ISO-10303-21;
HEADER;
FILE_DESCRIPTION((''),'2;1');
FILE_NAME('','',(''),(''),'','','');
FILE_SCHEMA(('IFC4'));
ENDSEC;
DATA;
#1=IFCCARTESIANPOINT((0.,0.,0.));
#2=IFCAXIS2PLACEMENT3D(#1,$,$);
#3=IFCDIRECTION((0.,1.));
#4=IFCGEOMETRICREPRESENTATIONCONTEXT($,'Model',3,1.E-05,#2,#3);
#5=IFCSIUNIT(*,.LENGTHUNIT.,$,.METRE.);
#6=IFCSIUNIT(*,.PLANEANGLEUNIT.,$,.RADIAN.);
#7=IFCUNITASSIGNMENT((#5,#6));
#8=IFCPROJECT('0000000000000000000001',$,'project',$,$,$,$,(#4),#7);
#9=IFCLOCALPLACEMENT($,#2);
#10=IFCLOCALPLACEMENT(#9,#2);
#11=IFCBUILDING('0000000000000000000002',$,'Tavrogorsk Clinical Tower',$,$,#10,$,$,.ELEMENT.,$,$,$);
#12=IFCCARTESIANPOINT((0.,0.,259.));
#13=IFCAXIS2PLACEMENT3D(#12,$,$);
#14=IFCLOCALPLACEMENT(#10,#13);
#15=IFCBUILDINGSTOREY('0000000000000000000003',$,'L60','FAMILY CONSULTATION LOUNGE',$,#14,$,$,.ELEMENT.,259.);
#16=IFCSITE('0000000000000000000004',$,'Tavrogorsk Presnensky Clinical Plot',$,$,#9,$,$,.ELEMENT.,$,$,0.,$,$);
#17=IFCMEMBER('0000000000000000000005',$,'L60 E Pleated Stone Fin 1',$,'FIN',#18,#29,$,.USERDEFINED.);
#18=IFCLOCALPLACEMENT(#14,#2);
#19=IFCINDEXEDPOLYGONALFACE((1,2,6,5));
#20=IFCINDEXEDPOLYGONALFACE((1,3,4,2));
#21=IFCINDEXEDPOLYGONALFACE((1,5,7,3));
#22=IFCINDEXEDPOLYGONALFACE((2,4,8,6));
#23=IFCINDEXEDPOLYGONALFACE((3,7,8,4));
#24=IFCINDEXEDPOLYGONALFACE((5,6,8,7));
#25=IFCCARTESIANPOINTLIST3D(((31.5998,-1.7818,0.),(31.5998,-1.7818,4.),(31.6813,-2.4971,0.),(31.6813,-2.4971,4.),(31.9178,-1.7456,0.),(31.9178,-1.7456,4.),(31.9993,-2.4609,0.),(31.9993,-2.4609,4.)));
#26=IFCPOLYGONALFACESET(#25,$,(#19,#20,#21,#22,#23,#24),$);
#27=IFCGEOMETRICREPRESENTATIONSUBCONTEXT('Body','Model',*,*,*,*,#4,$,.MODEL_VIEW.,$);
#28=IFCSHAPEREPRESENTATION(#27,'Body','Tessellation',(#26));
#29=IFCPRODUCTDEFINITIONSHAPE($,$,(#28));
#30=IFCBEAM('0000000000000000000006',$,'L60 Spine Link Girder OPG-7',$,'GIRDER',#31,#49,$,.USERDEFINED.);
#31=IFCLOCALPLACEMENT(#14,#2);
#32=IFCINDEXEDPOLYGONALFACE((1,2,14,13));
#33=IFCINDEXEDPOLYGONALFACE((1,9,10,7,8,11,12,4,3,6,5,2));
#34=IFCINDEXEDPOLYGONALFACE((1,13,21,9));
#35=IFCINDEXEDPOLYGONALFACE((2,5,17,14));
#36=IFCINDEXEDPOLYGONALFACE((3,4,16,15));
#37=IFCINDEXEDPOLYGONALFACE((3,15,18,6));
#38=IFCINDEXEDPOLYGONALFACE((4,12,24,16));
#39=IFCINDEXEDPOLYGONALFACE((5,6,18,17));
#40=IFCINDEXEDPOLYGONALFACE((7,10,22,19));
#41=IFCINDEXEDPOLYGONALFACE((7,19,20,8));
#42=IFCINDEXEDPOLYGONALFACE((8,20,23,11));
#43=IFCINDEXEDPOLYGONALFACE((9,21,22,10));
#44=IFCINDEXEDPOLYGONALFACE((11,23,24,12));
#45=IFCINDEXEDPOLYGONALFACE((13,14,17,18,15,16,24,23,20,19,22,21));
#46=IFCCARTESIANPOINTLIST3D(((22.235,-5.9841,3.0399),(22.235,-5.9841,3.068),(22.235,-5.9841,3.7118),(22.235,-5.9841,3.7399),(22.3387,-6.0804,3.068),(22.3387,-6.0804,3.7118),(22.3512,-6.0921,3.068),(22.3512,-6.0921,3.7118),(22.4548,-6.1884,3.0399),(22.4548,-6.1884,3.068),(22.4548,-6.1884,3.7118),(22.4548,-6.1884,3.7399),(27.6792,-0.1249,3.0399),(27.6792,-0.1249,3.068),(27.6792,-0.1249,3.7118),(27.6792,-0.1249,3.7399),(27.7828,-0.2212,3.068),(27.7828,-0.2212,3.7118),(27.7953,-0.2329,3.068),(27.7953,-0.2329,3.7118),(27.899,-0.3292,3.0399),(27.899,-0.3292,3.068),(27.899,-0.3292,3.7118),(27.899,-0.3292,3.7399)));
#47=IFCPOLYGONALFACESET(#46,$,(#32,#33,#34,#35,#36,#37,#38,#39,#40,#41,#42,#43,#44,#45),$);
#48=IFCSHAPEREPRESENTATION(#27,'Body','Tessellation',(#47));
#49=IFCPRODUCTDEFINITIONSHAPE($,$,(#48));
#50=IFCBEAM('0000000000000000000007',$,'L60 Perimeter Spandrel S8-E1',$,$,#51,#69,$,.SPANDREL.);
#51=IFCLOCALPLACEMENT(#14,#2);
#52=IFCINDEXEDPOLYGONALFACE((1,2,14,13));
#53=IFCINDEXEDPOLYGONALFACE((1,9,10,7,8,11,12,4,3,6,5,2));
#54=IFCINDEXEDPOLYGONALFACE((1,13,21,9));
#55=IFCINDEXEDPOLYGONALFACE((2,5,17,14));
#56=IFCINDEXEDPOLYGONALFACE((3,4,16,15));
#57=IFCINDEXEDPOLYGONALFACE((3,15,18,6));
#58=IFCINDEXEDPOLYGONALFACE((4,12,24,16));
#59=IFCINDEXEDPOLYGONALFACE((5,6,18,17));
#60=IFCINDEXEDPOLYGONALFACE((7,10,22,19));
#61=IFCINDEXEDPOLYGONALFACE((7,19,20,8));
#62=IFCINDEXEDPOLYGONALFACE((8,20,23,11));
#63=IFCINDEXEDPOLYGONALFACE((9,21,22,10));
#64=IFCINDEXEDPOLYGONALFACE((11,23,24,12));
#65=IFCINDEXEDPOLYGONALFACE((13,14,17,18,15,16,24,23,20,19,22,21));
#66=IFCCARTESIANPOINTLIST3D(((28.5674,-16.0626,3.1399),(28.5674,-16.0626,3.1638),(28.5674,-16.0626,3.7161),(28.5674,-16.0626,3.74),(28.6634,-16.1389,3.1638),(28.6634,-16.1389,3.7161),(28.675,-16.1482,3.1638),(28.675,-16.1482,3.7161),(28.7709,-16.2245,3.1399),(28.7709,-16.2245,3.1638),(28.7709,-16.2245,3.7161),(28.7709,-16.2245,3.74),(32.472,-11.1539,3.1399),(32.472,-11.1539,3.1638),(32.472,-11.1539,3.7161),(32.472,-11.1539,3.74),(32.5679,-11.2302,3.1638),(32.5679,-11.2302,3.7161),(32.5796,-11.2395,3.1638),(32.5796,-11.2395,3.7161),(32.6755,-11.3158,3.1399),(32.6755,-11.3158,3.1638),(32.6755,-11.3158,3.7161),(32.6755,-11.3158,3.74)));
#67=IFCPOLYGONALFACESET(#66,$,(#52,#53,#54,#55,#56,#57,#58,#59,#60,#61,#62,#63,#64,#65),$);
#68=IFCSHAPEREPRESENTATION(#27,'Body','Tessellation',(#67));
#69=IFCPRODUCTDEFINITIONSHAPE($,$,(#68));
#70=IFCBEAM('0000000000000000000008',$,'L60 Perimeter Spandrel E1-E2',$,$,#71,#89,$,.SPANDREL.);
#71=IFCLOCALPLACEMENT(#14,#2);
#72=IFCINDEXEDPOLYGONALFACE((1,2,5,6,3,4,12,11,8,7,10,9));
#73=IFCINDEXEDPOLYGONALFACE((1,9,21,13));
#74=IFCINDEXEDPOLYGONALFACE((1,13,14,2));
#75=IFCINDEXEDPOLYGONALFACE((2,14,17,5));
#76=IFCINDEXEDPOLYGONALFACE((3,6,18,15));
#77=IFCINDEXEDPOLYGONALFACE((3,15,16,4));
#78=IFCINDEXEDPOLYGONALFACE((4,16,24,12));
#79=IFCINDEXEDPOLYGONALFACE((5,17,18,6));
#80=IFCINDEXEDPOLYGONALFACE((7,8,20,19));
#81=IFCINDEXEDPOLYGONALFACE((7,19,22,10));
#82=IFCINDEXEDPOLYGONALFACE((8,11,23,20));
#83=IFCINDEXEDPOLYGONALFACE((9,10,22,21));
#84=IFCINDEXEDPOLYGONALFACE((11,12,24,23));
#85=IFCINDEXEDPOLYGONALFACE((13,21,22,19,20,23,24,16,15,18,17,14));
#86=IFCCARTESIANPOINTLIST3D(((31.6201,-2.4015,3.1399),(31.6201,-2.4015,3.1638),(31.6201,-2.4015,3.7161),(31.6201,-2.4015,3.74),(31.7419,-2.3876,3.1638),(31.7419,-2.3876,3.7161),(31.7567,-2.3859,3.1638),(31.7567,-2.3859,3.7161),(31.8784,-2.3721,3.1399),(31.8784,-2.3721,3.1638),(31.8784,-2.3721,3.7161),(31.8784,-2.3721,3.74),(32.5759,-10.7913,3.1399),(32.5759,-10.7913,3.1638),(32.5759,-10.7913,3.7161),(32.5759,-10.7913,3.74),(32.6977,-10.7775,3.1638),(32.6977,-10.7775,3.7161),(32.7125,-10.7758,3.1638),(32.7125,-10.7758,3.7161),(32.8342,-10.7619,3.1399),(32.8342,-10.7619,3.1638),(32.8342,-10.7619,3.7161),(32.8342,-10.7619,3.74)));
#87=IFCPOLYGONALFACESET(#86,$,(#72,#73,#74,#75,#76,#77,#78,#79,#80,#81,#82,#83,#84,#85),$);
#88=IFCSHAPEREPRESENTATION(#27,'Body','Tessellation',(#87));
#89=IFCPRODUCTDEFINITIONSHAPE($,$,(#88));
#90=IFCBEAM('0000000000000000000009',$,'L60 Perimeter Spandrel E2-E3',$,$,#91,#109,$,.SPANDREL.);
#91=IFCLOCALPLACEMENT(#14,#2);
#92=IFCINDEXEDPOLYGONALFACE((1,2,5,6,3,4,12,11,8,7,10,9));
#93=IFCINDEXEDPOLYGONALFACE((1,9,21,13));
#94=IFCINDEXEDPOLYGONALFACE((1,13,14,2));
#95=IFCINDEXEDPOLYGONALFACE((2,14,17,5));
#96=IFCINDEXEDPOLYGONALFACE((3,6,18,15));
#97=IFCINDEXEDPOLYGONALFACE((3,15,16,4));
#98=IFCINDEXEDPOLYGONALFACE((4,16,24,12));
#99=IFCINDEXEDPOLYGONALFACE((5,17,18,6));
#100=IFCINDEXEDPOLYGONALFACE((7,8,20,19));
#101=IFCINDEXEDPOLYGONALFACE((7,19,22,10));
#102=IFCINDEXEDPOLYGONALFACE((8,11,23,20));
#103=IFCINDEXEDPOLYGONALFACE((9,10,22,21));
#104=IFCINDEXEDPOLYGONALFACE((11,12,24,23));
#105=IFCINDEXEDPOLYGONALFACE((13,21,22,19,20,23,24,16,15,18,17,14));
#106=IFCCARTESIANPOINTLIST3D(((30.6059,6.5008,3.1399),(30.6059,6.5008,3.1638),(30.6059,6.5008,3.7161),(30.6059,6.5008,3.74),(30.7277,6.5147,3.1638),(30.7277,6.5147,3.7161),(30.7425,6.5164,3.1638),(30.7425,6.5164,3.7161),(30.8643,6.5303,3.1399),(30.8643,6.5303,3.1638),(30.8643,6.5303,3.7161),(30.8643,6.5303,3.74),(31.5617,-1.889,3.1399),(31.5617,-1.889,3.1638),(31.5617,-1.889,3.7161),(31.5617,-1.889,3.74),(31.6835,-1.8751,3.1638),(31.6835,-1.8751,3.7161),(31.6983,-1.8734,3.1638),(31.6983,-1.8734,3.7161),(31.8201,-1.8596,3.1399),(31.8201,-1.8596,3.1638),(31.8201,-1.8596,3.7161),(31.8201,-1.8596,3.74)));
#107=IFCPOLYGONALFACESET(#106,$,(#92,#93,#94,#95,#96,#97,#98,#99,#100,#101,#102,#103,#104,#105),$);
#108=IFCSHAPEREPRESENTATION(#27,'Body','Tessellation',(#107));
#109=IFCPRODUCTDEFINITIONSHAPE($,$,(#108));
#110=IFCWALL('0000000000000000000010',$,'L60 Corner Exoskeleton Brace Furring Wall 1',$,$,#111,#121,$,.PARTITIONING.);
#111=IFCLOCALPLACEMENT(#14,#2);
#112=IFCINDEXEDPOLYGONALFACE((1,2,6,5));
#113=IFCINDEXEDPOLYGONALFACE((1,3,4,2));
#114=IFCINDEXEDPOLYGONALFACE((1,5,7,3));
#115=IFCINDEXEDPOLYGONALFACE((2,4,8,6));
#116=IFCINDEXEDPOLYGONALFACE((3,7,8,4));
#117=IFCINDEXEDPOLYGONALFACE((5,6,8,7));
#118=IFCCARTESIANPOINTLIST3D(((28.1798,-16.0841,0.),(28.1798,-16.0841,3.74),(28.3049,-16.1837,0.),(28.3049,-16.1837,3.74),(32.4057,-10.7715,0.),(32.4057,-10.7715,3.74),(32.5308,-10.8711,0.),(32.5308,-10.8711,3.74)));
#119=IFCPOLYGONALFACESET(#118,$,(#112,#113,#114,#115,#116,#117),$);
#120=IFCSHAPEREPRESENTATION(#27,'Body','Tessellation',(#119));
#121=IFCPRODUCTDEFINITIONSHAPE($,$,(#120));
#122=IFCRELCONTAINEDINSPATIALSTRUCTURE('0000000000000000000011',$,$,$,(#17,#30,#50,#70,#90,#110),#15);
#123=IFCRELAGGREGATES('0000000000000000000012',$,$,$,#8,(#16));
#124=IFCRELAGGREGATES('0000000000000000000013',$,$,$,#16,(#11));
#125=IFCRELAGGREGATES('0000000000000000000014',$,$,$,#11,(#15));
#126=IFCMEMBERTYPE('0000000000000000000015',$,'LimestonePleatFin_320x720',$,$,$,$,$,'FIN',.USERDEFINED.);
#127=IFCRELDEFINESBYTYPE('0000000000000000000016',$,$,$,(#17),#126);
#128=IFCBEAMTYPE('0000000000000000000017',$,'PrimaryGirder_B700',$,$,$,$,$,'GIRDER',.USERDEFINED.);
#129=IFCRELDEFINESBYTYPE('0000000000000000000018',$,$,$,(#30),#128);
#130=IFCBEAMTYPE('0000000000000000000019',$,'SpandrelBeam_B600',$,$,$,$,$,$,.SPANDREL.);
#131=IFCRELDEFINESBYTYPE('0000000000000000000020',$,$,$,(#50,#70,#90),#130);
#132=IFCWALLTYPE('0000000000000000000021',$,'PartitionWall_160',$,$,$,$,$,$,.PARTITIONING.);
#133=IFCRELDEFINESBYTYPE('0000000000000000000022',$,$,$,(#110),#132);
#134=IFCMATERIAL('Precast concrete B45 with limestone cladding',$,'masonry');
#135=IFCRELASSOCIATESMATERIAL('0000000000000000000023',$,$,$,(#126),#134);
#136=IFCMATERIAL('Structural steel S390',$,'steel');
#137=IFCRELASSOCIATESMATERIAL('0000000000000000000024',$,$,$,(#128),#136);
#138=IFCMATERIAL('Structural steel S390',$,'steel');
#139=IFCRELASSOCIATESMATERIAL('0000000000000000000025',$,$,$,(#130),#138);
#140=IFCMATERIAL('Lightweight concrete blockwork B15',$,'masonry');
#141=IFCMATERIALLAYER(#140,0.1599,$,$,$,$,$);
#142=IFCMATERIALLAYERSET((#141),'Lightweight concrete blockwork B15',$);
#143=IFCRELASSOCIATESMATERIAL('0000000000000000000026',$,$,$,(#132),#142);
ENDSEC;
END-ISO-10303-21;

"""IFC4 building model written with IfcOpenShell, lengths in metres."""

from ifc_helpers import new_model, si_unit, direction, frame, frame_2d, origin, origin_2d, place, context, subcontext, project, spatial, rectangle, i_section, extrude, material, layer, layer_set, material_profile, profile_set, type_object, element, save


model = new_model("IFC4")

# Units and contexts
model_context = context("Model", 3, precision=1e-05, world=origin(), true_north=direction((0.0, 1.0)))
body_context = subcontext(model_context, "Body", "Model", "MODEL_VIEW")
ifc_project = project(units=[si_unit("LENGTHUNIT", "METRE"), si_unit("PLANEANGLEUNIT", "RADIAN")], contexts=[model_context])

# Site, building, storey
site_placement = place(None, origin())
site = spatial("IfcSite", under=ifc_project, at=site_placement, Name="Tavrogorsk Presnensky Clinical Plot", CompositionType="ELEMENT", RefElevation=0.0)
building_placement = place(site_placement, origin())
building = spatial("IfcBuilding", under=site, at=building_placement, Name="Tavrogorsk Clinical Tower", CompositionType="ELEMENT")
storey_placement = place(building_placement, frame((0.0, 0.0, 259.0)))
storey = spatial("IfcBuildingStorey", under=building, at=storey_placement, Name="L60", Description="FAMILY CONSULTATION LOUNGE", CompositionType="ELEMENT", Elevation=259.0)

# Member
ifc_material_1 = material(Name="Precast concrete B45 with limestone cladding", Category="masonry")
ifc_material_profile_1 = material_profile(ifc_material_1, rectangle(XDim=0.3201, YDim=0.72, at=origin_2d()), Name="LIMESTONE-FIN-320x720")
ifc_profile_set_1 = profile_set([ifc_material_profile_1], Name="Precast concrete B45 with limestone cladding")
member_type_1 = type_object("IfcMemberType", Name="LimestonePleatFin_320x720", ElementType="FIN", PredefinedType="USERDEFINED", material=ifc_profile_set_1)
member_1_placement = place(storey_placement, frame((31.7996, -2.1213, 0.0), z_axis=(0.0, 0.0, 1.0), x_axis=(0.993572, 0.113203, 0.0)))
element("IfcMember", 1, at=member_1_placement, inside=storey, type_object=member_type_1, Name="L60 E Pleated Stone Fin 1", ObjectType="FIN", PredefinedType="USERDEFINED", context=body_context, shape_type="SweptSolid", body=[
    extrude(rectangle(XDim=0.3201, YDim=0.72, at=origin_2d()), origin(), (0.0, 0.0, 1.0), 4.0),
])

# Beams
ifc_material_2 = material(Name="Structural steel S390", Category="steel")
ifc_material_profile_2 = material_profile(ifc_material_2, i_section(OverallWidth=0.3, OverallDepth=0.7, WebThickness=0.0171, FlangeThickness=0.0281, at=origin_2d()), Name="B-700x300x17x28")
ifc_profile_set_2 = profile_set([ifc_material_profile_2], Name="Structural steel S390")
beam_type_1 = type_object("IfcBeamType", Name="PrimaryGirder_B700", ElementType="GIRDER", PredefinedType="USERDEFINED", material=ifc_profile_set_2)
beam_1_placement = place(storey_placement, frame((27.7891, -0.2271, 3.3899), z_axis=(-0.680684, -0.732577, 0.0), x_axis=(0.732577, -0.680684, 0.0)))
element("IfcBeam", 2, at=beam_1_placement, inside=storey, type_object=beam_type_1, Name="L60 Spine Link Girder OPG-7", ObjectType="GIRDER", PredefinedType="USERDEFINED", context=body_context, shape_type="SweptSolid", body=[
    extrude(i_section(OverallWidth=0.3, OverallDepth=0.7, WebThickness=0.0171, FlangeThickness=0.0281, at=origin_2d()), origin(), (0.0, 0.0, 1.0), 7.998),
])
ifc_material_3 = material(Name="Structural steel S390", Category="steel")
ifc_material_profile_3 = material_profile(ifc_material_3, i_section(OverallWidth=0.26, OverallDepth=0.6001, WebThickness=0.0149, FlangeThickness=0.0239, at=origin_2d()), Name="B-600x260x15x24")
ifc_profile_set_3 = profile_set([ifc_material_profile_3], Name="Structural steel S390")
beam_type_2 = type_object("IfcBeamType", Name="SpandrelBeam_B600", PredefinedType="SPANDREL", material=ifc_profile_set_3)
beam_2_placement = place(storey_placement, frame((28.6692, -16.1436, 3.4399), z_axis=(0.622514, 0.782609, 0.0), x_axis=(-0.782609, 0.622514, 0.0)))
element("IfcBeam", 3, at=beam_2_placement, inside=storey, type_object=beam_type_2, Name="L60 Perimeter Spandrel S8-E1", PredefinedType="SPANDREL", context=body_context, shape_type="SweptSolid", body=[
    extrude(i_section(OverallWidth=0.26, OverallDepth=0.6001, WebThickness=0.0149, FlangeThickness=0.0239, at=origin_2d()), origin(), (0.0, 0.0, 1.0), 6.2722),
])
for number, where, z_axis, x_axis, name in (
    (4, (32.7051, -10.7766, 3.4399), (-0.113192, 0.993573, 0.0), (-0.993573, -0.113192, 0.0), "L60 Perimeter Spandrel E1-E2"),
    (5, (31.6909, -1.8743, 3.4399), (-0.113192, 0.993573, 0.0), (-0.993573, -0.113192, 0.0), "L60 Perimeter Spandrel E2-E3"),
):
    element("IfcBeam", number, at=place(storey_placement, frame(where, z_axis=z_axis, x_axis=x_axis)), inside=storey, type_object=beam_type_2, Name=name, PredefinedType="SPANDREL", context=body_context, shape_type="SweptSolid", body=[
        extrude(i_section(OverallWidth=0.26, OverallDepth=0.6001, WebThickness=0.0149, FlangeThickness=0.0239, at=origin_2d()), origin(), (0.0, 0.0, 1.0), 8.4441),
    ])

# Wall
ifc_material_4 = material(Name="Lightweight concrete blockwork B15", Category="masonry")
ifc_layer_1 = layer(ifc_material_4, 0.1599)
ifc_layer_set_1 = layer_set([ifc_layer_1], Name="Lightweight concrete blockwork B15")
wall_type_1 = type_object("IfcWallType", Name="PartitionWall_160", PredefinedType="PARTITIONING", material=ifc_layer_set_1)
wall_1_placement = place(storey_placement, frame((28.2424, -16.1338, 0.0), z_axis=(0.0, 0.0, 1.0), x_axis=(0.622522, 0.782603, 0.0)))
element("IfcWall", 6, at=wall_1_placement, inside=storey, type_object=wall_type_1, Name="L60 Corner Exoskeleton Brace Furring Wall 1", PredefinedType="PARTITIONING", context=body_context, shape_type="SweptSolid", body=[
    extrude(rectangle(XDim=6.7883, YDim=0.1599, at=frame_2d((3.394, 0.0))), origin(), (0.0, 0.0, 1.0), 3.74),
])

save(model, "model.ifc")
